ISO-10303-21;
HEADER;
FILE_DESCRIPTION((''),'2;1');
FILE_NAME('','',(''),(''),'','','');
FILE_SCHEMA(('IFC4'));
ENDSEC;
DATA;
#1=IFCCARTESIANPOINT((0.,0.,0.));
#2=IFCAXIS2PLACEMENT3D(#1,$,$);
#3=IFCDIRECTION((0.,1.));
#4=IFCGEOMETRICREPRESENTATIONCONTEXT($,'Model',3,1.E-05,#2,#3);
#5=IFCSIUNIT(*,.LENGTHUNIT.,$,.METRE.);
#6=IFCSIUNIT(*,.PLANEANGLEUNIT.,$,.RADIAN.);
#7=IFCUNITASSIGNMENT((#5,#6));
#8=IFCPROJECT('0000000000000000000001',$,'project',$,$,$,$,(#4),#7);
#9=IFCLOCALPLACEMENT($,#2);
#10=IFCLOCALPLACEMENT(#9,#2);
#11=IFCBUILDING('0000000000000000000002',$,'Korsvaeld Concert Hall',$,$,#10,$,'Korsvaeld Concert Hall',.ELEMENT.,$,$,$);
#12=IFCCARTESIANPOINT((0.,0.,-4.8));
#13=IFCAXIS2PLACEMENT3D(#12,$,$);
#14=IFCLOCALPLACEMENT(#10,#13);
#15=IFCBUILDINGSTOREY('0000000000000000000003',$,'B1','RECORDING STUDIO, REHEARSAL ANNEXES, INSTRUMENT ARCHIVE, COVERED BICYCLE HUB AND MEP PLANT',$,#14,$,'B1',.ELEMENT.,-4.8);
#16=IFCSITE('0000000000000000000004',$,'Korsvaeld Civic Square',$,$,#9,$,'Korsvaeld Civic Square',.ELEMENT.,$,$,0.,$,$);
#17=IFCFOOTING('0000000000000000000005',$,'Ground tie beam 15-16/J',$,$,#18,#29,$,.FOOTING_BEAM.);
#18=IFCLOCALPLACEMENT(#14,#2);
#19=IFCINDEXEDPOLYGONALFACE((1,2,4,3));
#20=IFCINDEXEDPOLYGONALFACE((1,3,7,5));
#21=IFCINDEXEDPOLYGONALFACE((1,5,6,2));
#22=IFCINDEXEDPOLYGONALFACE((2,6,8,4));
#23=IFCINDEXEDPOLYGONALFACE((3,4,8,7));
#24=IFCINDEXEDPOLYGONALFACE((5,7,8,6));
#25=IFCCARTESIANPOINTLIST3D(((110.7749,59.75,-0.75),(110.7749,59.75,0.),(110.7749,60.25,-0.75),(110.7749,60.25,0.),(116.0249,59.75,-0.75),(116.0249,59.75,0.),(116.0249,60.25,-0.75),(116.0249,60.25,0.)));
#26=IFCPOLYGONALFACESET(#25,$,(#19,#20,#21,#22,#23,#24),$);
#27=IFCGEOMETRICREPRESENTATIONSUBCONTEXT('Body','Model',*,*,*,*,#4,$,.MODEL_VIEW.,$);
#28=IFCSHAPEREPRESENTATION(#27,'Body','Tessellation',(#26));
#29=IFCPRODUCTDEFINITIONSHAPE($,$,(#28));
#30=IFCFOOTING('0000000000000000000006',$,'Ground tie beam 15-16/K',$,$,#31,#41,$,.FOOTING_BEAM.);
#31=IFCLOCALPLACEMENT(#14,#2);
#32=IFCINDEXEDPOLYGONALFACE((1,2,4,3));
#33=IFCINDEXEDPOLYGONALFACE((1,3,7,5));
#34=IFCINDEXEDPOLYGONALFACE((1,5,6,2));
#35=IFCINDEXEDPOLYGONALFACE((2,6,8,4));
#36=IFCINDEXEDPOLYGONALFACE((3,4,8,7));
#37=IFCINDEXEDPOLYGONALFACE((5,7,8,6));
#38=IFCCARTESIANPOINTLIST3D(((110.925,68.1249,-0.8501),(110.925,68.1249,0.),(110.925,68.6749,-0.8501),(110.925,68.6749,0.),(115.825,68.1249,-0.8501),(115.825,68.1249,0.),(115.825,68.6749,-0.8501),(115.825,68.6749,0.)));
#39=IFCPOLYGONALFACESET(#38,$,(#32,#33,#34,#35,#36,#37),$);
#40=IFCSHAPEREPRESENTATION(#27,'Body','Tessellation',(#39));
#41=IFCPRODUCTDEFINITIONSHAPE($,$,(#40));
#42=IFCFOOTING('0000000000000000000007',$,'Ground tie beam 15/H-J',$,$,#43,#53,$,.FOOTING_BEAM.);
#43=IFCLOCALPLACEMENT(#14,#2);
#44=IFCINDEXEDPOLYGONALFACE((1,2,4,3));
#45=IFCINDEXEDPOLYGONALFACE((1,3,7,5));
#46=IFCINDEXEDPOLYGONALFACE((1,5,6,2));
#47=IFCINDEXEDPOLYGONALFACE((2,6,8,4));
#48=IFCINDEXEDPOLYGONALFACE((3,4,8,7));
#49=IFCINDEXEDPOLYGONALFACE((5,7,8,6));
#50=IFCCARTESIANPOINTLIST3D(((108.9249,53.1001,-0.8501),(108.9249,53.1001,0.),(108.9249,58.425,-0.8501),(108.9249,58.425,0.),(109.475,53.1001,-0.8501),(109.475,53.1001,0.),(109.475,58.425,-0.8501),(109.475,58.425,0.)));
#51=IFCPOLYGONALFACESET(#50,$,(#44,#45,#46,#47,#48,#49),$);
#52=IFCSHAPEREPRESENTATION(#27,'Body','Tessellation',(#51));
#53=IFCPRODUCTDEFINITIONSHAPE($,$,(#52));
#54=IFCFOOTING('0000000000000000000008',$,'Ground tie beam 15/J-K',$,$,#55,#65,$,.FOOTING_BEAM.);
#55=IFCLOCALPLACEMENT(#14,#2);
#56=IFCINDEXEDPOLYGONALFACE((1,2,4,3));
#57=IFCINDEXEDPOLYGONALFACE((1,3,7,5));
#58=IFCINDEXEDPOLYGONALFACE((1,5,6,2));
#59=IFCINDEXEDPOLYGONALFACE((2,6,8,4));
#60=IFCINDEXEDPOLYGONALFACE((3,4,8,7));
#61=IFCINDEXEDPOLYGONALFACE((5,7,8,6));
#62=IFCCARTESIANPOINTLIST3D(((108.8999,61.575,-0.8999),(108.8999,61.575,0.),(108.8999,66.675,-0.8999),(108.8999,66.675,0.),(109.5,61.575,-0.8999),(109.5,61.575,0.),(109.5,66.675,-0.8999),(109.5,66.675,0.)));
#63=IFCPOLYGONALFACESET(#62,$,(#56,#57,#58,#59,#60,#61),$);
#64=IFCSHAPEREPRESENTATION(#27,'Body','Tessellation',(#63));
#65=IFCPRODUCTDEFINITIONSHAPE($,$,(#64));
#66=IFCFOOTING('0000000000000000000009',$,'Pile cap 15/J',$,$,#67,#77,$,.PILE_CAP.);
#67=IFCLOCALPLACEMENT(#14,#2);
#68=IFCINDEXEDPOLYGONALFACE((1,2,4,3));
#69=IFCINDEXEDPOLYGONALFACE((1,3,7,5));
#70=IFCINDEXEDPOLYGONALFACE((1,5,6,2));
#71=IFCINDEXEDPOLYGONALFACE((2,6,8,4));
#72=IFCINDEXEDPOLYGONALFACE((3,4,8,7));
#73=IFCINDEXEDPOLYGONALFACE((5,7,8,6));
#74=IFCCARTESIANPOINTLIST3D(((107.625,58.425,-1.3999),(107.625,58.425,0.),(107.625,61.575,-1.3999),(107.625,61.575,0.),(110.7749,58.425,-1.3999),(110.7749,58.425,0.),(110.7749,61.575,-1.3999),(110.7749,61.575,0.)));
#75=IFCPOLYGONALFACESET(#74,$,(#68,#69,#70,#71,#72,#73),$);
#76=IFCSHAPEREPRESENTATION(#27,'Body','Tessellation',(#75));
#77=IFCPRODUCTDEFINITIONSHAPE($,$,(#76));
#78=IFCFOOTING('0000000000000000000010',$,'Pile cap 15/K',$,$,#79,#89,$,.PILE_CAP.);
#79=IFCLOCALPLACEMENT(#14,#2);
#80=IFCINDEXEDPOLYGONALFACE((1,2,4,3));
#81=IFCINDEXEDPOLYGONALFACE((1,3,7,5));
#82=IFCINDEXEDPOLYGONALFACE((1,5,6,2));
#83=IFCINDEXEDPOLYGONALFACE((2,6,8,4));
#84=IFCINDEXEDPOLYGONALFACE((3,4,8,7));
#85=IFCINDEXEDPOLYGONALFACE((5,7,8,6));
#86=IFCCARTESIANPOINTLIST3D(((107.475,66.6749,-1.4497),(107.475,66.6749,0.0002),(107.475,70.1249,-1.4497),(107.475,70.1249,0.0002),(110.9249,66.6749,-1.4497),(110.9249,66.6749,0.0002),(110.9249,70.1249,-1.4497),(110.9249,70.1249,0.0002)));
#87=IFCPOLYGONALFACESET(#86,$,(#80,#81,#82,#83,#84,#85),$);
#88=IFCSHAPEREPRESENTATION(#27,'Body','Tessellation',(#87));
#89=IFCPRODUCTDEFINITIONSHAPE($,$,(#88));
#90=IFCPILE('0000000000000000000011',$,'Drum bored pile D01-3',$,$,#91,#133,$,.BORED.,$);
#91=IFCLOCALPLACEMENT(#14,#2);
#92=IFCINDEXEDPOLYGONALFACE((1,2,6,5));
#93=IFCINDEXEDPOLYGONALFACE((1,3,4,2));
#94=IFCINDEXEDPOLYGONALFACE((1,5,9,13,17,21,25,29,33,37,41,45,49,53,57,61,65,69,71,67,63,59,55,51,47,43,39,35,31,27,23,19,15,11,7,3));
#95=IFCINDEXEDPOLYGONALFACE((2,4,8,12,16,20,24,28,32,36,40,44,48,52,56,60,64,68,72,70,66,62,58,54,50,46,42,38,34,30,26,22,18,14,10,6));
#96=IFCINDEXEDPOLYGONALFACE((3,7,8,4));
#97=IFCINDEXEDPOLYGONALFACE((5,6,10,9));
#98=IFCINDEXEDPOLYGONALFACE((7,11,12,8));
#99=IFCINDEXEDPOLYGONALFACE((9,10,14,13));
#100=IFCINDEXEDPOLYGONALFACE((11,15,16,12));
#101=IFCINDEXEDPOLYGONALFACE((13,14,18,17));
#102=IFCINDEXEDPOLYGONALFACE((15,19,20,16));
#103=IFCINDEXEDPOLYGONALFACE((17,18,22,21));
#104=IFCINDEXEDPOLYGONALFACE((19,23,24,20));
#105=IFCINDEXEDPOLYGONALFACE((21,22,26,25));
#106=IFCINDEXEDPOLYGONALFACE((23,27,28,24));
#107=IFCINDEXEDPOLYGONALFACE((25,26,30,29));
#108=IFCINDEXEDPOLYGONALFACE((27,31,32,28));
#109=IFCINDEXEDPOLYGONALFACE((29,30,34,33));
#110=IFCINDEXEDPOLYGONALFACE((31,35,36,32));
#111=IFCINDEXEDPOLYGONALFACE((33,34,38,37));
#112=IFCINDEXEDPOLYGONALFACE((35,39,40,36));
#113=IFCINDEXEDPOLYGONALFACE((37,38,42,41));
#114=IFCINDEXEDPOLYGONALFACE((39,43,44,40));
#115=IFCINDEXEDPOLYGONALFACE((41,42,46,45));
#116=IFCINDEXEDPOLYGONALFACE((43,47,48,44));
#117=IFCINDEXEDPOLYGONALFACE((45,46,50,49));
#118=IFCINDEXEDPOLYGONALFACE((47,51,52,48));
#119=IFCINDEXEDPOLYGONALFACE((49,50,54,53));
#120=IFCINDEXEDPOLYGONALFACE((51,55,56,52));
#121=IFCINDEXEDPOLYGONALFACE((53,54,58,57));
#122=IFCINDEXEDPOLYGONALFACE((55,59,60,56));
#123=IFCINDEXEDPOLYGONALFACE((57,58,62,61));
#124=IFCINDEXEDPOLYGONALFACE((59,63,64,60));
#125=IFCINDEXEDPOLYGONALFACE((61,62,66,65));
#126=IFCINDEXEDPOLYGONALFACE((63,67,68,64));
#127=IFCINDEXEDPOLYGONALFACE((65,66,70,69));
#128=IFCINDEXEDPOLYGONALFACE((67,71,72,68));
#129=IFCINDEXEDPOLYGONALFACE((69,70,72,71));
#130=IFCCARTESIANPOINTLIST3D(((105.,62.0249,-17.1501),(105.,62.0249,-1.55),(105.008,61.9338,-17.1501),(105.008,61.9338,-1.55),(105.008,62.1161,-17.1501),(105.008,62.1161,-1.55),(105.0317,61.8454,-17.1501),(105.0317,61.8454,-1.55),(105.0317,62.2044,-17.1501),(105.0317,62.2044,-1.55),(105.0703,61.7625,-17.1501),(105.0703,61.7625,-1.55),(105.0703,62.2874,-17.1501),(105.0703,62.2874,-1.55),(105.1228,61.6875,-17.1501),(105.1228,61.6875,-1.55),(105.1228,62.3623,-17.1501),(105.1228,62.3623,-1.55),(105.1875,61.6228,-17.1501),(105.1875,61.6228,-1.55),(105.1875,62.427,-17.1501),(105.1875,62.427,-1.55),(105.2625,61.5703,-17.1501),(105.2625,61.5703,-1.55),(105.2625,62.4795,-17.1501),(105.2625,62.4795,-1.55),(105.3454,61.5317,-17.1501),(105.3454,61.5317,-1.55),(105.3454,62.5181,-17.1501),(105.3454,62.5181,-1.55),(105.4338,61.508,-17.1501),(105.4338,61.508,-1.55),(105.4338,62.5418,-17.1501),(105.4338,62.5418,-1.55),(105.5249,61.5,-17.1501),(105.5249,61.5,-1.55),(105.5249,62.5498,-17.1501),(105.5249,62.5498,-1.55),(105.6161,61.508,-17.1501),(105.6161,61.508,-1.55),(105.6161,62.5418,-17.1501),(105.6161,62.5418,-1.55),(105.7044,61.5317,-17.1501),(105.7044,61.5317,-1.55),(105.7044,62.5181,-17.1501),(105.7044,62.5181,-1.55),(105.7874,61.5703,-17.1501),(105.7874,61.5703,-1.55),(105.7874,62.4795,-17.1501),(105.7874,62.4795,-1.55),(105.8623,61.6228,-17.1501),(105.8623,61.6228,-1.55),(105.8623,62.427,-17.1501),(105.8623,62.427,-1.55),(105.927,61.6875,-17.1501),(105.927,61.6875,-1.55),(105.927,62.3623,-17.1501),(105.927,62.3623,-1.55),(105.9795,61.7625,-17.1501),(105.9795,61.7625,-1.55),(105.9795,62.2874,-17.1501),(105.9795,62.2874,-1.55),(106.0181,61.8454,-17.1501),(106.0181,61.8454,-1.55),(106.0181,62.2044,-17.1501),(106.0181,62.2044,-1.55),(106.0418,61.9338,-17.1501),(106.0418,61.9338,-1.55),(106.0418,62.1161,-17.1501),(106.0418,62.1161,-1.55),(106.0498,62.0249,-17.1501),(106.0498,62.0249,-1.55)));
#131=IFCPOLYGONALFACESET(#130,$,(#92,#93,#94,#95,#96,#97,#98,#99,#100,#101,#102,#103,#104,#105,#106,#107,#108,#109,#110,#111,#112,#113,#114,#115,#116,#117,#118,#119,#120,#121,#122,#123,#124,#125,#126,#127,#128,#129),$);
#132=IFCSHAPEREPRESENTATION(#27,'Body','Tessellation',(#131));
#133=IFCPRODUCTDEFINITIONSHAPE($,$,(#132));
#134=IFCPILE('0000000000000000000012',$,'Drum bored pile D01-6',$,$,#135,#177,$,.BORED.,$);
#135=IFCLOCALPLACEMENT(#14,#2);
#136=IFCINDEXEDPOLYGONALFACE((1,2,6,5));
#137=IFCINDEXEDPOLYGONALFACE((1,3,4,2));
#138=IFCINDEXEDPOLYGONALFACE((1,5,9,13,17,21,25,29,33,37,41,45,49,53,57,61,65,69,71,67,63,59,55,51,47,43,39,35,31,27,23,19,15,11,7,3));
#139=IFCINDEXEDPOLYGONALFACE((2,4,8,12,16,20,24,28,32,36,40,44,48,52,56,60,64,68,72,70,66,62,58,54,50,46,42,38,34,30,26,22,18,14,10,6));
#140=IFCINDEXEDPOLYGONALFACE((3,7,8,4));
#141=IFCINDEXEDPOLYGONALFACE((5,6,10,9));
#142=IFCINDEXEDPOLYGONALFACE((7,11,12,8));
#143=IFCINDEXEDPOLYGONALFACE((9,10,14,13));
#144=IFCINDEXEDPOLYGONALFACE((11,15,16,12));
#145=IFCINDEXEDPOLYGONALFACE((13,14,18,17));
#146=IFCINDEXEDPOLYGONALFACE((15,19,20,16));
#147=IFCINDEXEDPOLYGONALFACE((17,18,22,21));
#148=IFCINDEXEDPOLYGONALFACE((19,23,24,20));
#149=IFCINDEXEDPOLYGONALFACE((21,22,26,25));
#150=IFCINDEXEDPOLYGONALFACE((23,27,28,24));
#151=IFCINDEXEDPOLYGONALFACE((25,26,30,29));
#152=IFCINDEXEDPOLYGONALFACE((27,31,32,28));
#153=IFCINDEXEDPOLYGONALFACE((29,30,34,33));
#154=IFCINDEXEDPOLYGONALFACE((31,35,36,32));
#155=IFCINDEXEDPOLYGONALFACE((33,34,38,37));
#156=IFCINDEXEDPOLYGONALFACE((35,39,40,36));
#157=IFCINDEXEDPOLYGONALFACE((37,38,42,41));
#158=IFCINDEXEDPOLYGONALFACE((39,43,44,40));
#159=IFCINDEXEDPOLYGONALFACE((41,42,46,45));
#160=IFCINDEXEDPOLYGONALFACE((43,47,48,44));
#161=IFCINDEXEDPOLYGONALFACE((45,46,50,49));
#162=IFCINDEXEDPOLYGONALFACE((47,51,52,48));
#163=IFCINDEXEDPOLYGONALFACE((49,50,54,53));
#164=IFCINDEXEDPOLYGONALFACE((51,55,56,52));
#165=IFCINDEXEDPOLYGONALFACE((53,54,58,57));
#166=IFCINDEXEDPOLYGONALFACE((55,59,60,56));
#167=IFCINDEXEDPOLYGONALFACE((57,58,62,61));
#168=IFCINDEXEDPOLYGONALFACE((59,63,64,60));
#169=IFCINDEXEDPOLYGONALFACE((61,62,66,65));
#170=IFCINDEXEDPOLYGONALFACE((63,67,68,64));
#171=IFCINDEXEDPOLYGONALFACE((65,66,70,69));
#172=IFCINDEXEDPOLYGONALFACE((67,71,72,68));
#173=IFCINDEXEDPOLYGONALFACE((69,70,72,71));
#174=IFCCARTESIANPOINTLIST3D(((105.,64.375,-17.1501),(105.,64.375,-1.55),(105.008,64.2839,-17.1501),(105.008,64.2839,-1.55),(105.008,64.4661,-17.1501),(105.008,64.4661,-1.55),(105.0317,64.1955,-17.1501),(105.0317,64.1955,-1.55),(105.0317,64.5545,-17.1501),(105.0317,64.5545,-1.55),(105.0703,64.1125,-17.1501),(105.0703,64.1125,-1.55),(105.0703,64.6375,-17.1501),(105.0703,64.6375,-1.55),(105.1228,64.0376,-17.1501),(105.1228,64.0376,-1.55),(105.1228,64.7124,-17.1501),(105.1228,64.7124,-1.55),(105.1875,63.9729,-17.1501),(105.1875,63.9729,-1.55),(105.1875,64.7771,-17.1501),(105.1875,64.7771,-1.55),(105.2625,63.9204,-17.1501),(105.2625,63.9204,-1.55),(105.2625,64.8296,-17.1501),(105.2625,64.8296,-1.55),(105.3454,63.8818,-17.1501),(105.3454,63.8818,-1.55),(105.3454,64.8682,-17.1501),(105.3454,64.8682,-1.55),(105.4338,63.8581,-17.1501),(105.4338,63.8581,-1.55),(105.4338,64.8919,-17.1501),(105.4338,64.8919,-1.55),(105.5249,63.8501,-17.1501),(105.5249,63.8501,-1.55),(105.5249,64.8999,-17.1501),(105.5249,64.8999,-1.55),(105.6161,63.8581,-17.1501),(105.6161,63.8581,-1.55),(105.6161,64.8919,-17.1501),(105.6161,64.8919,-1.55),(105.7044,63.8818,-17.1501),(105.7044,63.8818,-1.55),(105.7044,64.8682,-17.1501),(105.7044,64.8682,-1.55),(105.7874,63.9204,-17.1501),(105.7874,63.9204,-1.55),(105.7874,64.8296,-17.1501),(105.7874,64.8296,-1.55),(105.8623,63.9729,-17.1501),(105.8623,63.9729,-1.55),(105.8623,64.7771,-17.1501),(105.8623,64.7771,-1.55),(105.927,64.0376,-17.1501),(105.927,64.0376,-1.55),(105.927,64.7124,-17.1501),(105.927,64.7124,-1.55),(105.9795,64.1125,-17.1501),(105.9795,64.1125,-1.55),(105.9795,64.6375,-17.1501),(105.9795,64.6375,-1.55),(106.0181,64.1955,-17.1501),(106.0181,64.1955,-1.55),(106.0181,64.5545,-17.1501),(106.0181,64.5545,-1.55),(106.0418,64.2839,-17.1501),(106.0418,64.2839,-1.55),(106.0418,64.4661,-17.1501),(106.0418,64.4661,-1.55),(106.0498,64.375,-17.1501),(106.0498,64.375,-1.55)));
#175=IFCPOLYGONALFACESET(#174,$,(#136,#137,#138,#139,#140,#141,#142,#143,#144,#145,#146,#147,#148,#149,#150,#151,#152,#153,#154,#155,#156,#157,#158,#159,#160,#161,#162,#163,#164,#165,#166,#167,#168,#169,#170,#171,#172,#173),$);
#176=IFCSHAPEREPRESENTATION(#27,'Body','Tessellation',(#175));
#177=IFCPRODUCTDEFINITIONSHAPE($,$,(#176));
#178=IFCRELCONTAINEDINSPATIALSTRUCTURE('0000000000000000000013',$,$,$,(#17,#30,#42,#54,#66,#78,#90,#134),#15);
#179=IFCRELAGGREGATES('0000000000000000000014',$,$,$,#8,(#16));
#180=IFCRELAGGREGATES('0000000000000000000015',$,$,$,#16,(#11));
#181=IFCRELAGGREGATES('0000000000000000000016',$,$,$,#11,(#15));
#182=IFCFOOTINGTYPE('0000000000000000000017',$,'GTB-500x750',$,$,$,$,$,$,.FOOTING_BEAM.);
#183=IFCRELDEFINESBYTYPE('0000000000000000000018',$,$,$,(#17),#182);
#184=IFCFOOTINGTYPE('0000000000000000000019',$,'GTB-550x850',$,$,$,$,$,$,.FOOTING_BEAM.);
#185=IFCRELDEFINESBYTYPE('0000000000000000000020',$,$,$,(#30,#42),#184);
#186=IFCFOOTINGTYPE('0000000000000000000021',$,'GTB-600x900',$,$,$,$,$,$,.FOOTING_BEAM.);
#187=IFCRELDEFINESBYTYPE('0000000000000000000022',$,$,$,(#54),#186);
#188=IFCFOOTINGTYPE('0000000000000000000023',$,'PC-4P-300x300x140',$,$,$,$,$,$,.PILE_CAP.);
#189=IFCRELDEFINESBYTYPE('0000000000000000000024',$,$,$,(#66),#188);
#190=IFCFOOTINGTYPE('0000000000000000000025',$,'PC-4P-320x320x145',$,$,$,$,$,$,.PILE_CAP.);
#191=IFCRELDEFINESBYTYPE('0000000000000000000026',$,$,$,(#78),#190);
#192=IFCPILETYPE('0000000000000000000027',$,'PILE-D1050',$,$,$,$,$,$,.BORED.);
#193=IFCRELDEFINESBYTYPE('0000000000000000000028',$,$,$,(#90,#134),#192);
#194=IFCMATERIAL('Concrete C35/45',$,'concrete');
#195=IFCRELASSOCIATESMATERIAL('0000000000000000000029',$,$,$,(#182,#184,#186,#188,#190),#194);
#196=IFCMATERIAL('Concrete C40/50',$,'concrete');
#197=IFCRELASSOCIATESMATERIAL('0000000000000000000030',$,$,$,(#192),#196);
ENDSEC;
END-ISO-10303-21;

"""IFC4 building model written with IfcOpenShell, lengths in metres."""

from ifc_helpers import new_model, si_unit, direction, frame, origin, origin_2d, place, context, subcontext, project, spatial, rectangle, circle, extrude, material, material_profile, profile_set, type_object, element, save


model = new_model("IFC4")

# Units and contexts
model_context = context("Model", 3, precision=1e-05, world=origin(), true_north=direction((0.0, 1.0)))
body_context = subcontext(model_context, "Body", "Model", "MODEL_VIEW")
ifc_project = project(units=[si_unit("LENGTHUNIT", "METRE"), si_unit("PLANEANGLEUNIT", "RADIAN")], contexts=[model_context])

# Site, building, storey
site_placement = place(None, origin())
site = spatial("IfcSite", under=ifc_project, at=site_placement, Name="Korsvaeld Civic Square", LongName="Korsvaeld Civic Square", CompositionType="ELEMENT", RefElevation=0.0)
building_placement = place(site_placement, origin())
building = spatial("IfcBuilding", under=site, at=building_placement, Name="Korsvaeld Concert Hall", LongName="Korsvaeld Concert Hall", CompositionType="ELEMENT")
storey_placement = place(building_placement, frame((0.0, 0.0, -4.8)))
storey = spatial("IfcBuildingStorey", under=building, at=storey_placement, Name="B1", Description="RECORDING STUDIO, REHEARSAL ANNEXES, INSTRUMENT ARCHIVE, COVERED BICYCLE HUB AND MEP PLANT", LongName="B1", CompositionType="ELEMENT", Elevation=-4.8)

# Footings
ifc_material_1 = material(Name="Concrete C35/45", Category="concrete")
ifc_material_profile_1 = material_profile(ifc_material_1, rectangle(XDim=0.5, YDim=0.75, at=origin_2d()), Name="GTB 500x750")
ifc_profile_set_1 = profile_set([ifc_material_profile_1], Name="Concrete C35/45")
footing_type_1 = type_object("IfcFootingType", Name="GTB-500x750", PredefinedType="FOOTING_BEAM", material=ifc_profile_set_1)
footing_1_placement = place(storey_placement, frame((110.7749, 60.0, -0.375), z_axis=(1.0, 0.0, 0.0), x_axis=(0.0, 1.0, 0.0)))
element("IfcFooting", 1, at=footing_1_placement, inside=storey, type_object=footing_type_1, Name="Ground tie beam 15-16/J", PredefinedType="FOOTING_BEAM", context=body_context, shape_type="SweptSolid", body=[
    extrude(rectangle(XDim=0.5, YDim=0.75, at=origin_2d()), origin(), (0.0, 0.0, 1.0), 5.25),
])
ifc_material_profile_2 = material_profile(ifc_material_1, rectangle(XDim=0.55, YDim=0.8501, at=origin_2d()), Name="GTB 550x850")
ifc_profile_set_2 = profile_set([ifc_material_profile_2], Name="Concrete C35/45")
footing_type_2 = type_object("IfcFootingType", Name="GTB-550x850", PredefinedType="FOOTING_BEAM", material=ifc_profile_set_2)
footing_2_placement = place(storey_placement, frame((110.925, 68.3999, -0.425), z_axis=(1.0, 0.0, 0.0), x_axis=(0.0, 1.0, 0.0)))
element("IfcFooting", 2, at=footing_2_placement, inside=storey, type_object=footing_type_2, Name="Ground tie beam 15-16/K", PredefinedType="FOOTING_BEAM", context=body_context, shape_type="SweptSolid", body=[
    extrude(rectangle(XDim=0.55, YDim=0.8501, at=origin_2d()), origin(), (0.0, 0.0, 1.0), 4.8999),
])
footing_3_placement = place(storey_placement, frame((109.2, 53.1001, -0.425), z_axis=(0.0, 1.0, 0.0), x_axis=(-1.0, 0.0, 0.0)))
element("IfcFooting", 3, at=footing_3_placement, inside=storey, type_object=footing_type_2, Name="Ground tie beam 15/H-J", PredefinedType="FOOTING_BEAM", context=body_context, shape_type="SweptSolid", body=[
    extrude(rectangle(XDim=0.55, YDim=0.8501, at=origin_2d()), origin(), (0.0, 0.0, 1.0), 5.325),
])
ifc_material_profile_3 = material_profile(ifc_material_1, rectangle(XDim=0.6001, YDim=0.8999, at=origin_2d()), Name="GTB 600x900")
ifc_profile_set_3 = profile_set([ifc_material_profile_3], Name="Concrete C35/45")
footing_type_3 = type_object("IfcFootingType", Name="GTB-600x900", PredefinedType="FOOTING_BEAM", material=ifc_profile_set_3)
footing_4_placement = place(storey_placement, frame((109.2, 61.575, -0.45), z_axis=(0.0, 1.0, 0.0), x_axis=(-1.0, 0.0, 0.0)))
element("IfcFooting", 4, at=footing_4_placement, inside=storey, type_object=footing_type_3, Name="Ground tie beam 15/J-K", PredefinedType="FOOTING_BEAM", context=body_context, shape_type="SweptSolid", body=[
    extrude(rectangle(XDim=0.6001, YDim=0.8999, at=origin_2d()), origin(), (0.0, 0.0, 1.0), 5.1001),
])
footing_type_4 = type_object("IfcFootingType", Name="PC-4P-300x300x140", PredefinedType="PILE_CAP", material=ifc_material_1)
footing_5_placement = place(storey_placement, frame((109.2, 60.0, -1.3999), z_axis=(0.0, 0.0, 1.0), x_axis=(1.0, 0.0, 0.0)))
element("IfcFooting", 5, at=footing_5_placement, inside=storey, type_object=footing_type_4, Name="Pile cap 15/J", PredefinedType="PILE_CAP", context=body_context, shape_type="SweptSolid", body=[
    extrude(rectangle(XDim=3.1499, YDim=3.1499, at=origin_2d()), origin(), (0.0, 0.0, 1.0), 1.3999),
])
footing_type_5 = type_object("IfcFootingType", Name="PC-4P-320x320x145", PredefinedType="PILE_CAP", material=ifc_material_1)
footing_6_placement = place(storey_placement, frame((109.2, 68.3999, -1.4497), z_axis=(0.0, 0.0, 1.0), x_axis=(1.0, 0.0, 0.0)))
element("IfcFooting", 6, at=footing_6_placement, inside=storey, type_object=footing_type_5, Name="Pile cap 15/K", PredefinedType="PILE_CAP", context=body_context, shape_type="SweptSolid", body=[
    extrude(rectangle(XDim=3.45, YDim=3.45, at=origin_2d()), origin(), (0.0, 0.0, 1.0), 1.45),
])

# Piles
ifc_material_2 = material(Name="Concrete C40/50", Category="concrete")
ifc_material_profile_4 = material_profile(ifc_material_2, circle(Radius=0.5249, at=origin_2d()), Name="BORED PILE D1050")
ifc_profile_set_4 = profile_set([ifc_material_profile_4], Name="Concrete C40/50")
pile_type_1 = type_object("IfcPileType", Name="PILE-D1050", PredefinedType="BORED", material=ifc_profile_set_4)
for number, where, z_axis, x_axis, name in (
    (7, (105.5249, 62.0249, -1.55), (0.0, 0.0, -1.0), (1.0, 0.0, 0.0), "Drum bored pile D01-3"),
    (8, (105.5249, 64.375, -1.55), (0.0, 0.0, -1.0), (1.0, 0.0, 0.0), "Drum bored pile D01-6"),
):
    element("IfcPile", number, at=place(storey_placement, frame(where, z_axis=z_axis, x_axis=x_axis)), inside=storey, type_object=pile_type_1, Name=name, PredefinedType="BORED", context=body_context, shape_type="SweptSolid", body=[
        extrude(circle(Radius=0.5249, at=origin_2d()), origin(), (0.0, 0.0, 1.0), 15.6001),
    ])

save(model, "model.ifc")
